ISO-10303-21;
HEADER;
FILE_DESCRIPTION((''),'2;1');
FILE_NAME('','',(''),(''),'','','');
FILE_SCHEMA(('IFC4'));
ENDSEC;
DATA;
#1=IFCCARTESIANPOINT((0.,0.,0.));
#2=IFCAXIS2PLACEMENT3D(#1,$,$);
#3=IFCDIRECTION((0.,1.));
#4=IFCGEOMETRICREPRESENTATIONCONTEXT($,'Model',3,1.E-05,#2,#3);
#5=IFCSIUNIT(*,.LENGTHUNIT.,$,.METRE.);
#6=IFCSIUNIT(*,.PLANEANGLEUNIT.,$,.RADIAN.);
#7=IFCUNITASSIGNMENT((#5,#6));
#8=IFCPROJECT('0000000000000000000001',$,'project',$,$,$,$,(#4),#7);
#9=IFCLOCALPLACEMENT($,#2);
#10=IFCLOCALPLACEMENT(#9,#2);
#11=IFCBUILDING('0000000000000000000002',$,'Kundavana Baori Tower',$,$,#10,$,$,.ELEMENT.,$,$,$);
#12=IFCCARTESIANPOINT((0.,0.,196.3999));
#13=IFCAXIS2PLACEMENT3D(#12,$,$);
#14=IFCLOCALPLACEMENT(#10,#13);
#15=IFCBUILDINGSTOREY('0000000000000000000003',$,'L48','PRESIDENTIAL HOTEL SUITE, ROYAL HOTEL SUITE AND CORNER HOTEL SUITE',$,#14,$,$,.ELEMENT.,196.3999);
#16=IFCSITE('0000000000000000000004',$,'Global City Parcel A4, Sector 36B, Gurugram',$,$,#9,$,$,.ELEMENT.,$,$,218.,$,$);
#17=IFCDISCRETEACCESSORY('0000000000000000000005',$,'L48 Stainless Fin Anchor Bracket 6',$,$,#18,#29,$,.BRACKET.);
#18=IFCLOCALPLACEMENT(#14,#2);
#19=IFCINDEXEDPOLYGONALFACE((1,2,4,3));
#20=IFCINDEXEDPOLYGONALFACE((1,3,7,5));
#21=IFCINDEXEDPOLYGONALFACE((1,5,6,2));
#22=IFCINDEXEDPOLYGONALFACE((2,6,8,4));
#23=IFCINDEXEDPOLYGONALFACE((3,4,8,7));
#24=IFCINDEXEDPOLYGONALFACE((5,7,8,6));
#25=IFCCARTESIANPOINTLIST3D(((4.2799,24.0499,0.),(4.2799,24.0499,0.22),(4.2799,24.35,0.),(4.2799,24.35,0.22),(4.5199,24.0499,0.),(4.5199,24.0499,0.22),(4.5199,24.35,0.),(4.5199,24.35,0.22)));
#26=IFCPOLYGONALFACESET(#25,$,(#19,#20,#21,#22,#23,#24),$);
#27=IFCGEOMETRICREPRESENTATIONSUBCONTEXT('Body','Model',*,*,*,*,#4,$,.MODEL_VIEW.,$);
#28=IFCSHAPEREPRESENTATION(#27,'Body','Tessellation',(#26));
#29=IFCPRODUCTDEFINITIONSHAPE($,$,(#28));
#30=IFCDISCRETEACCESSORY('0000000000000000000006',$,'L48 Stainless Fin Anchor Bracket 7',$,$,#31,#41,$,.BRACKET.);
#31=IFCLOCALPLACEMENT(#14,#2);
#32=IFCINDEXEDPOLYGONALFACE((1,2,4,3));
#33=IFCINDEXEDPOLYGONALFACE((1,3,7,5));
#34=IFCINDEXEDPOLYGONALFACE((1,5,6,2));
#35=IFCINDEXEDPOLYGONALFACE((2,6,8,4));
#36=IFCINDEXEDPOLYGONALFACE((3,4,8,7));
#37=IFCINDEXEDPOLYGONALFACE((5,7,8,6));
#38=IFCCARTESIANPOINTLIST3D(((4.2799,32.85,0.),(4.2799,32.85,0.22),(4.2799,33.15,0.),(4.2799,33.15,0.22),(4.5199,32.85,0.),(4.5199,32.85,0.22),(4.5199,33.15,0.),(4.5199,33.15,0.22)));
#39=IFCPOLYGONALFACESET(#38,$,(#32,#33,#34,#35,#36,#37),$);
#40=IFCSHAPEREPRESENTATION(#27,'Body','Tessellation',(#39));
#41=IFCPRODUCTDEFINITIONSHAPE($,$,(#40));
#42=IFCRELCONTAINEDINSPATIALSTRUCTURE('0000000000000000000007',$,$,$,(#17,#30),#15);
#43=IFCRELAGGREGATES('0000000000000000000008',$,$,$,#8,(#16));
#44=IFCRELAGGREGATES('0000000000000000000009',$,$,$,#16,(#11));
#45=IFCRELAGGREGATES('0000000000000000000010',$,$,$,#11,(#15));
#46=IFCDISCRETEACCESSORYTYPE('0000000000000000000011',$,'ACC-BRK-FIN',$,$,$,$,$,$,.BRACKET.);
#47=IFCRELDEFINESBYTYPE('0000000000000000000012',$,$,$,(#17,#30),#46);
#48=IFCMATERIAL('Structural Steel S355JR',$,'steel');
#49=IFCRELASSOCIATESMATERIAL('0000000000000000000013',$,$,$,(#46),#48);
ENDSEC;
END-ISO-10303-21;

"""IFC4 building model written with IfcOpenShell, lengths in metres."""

from ifc_helpers import new_model, si_unit, direction, frame, origin, origin_2d, place, context, subcontext, project, spatial, rectangle, extrude, material, type_object, element, save


model = new_model("IFC4")

# Units and contexts
model_context = context("Model", 3, precision=1e-05, world=origin(), true_north=direction((0.0, 1.0)))
body_context = subcontext(model_context, "Body", "Model", "MODEL_VIEW")
ifc_project = project(units=[si_unit("LENGTHUNIT", "METRE"), si_unit("PLANEANGLEUNIT", "RADIAN")], contexts=[model_context])

# Site, building, storey
site_placement = place(None, origin())
site = spatial("IfcSite", under=ifc_project, at=site_placement, Name="Global City Parcel A4, Sector 36B, Gurugram", CompositionType="ELEMENT", RefElevation=218.0)
building_placement = place(site_placement, origin())
building = spatial("IfcBuilding", under=site, at=building_placement, Name="Kundavana Baori Tower", CompositionType="ELEMENT")
storey_placement = place(building_placement, frame((0.0, 0.0, 196.3999)))
storey = spatial("IfcBuildingStorey", under=building, at=storey_placement, Name="L48", Description="PRESIDENTIAL HOTEL SUITE, ROYAL HOTEL SUITE AND CORNER HOTEL SUITE", CompositionType="ELEMENT", Elevation=196.3999)

# Discrete accessories
ifc_material_1 = material(Name="Structural Steel S355JR", Category="steel")
discrete_accessory_type = type_object("IfcDiscreteAccessoryType", Name="ACC-BRK-FIN", PredefinedType="BRACKET", material=ifc_material_1)
for number, where, z_axis, x_axis, name in (
    (1, (4.3999, 24.2, 0.0), (0.0, 0.0, 1.0), (1.0, 0.0, 0.0), "L48 Stainless Fin Anchor Bracket 6"),
    (2, (4.3999, 33.0, 0.0), (0.0, 0.0, 1.0), (1.0, 0.0, 0.0), "L48 Stainless Fin Anchor Bracket 7"),
):
    element("IfcDiscreteAccessory", number, at=place(storey_placement, frame(where, z_axis=z_axis, x_axis=x_axis)), inside=storey, type_object=discrete_accessory_type, Name=name, PredefinedType="BRACKET", context=body_context, shape_type="SweptSolid", body=[
        extrude(rectangle(XDim=0.24, YDim=0.3, at=origin_2d()), origin(), (0.0, 0.0, 1.0), 0.22),
    ])

save(model, "model.ifc")
